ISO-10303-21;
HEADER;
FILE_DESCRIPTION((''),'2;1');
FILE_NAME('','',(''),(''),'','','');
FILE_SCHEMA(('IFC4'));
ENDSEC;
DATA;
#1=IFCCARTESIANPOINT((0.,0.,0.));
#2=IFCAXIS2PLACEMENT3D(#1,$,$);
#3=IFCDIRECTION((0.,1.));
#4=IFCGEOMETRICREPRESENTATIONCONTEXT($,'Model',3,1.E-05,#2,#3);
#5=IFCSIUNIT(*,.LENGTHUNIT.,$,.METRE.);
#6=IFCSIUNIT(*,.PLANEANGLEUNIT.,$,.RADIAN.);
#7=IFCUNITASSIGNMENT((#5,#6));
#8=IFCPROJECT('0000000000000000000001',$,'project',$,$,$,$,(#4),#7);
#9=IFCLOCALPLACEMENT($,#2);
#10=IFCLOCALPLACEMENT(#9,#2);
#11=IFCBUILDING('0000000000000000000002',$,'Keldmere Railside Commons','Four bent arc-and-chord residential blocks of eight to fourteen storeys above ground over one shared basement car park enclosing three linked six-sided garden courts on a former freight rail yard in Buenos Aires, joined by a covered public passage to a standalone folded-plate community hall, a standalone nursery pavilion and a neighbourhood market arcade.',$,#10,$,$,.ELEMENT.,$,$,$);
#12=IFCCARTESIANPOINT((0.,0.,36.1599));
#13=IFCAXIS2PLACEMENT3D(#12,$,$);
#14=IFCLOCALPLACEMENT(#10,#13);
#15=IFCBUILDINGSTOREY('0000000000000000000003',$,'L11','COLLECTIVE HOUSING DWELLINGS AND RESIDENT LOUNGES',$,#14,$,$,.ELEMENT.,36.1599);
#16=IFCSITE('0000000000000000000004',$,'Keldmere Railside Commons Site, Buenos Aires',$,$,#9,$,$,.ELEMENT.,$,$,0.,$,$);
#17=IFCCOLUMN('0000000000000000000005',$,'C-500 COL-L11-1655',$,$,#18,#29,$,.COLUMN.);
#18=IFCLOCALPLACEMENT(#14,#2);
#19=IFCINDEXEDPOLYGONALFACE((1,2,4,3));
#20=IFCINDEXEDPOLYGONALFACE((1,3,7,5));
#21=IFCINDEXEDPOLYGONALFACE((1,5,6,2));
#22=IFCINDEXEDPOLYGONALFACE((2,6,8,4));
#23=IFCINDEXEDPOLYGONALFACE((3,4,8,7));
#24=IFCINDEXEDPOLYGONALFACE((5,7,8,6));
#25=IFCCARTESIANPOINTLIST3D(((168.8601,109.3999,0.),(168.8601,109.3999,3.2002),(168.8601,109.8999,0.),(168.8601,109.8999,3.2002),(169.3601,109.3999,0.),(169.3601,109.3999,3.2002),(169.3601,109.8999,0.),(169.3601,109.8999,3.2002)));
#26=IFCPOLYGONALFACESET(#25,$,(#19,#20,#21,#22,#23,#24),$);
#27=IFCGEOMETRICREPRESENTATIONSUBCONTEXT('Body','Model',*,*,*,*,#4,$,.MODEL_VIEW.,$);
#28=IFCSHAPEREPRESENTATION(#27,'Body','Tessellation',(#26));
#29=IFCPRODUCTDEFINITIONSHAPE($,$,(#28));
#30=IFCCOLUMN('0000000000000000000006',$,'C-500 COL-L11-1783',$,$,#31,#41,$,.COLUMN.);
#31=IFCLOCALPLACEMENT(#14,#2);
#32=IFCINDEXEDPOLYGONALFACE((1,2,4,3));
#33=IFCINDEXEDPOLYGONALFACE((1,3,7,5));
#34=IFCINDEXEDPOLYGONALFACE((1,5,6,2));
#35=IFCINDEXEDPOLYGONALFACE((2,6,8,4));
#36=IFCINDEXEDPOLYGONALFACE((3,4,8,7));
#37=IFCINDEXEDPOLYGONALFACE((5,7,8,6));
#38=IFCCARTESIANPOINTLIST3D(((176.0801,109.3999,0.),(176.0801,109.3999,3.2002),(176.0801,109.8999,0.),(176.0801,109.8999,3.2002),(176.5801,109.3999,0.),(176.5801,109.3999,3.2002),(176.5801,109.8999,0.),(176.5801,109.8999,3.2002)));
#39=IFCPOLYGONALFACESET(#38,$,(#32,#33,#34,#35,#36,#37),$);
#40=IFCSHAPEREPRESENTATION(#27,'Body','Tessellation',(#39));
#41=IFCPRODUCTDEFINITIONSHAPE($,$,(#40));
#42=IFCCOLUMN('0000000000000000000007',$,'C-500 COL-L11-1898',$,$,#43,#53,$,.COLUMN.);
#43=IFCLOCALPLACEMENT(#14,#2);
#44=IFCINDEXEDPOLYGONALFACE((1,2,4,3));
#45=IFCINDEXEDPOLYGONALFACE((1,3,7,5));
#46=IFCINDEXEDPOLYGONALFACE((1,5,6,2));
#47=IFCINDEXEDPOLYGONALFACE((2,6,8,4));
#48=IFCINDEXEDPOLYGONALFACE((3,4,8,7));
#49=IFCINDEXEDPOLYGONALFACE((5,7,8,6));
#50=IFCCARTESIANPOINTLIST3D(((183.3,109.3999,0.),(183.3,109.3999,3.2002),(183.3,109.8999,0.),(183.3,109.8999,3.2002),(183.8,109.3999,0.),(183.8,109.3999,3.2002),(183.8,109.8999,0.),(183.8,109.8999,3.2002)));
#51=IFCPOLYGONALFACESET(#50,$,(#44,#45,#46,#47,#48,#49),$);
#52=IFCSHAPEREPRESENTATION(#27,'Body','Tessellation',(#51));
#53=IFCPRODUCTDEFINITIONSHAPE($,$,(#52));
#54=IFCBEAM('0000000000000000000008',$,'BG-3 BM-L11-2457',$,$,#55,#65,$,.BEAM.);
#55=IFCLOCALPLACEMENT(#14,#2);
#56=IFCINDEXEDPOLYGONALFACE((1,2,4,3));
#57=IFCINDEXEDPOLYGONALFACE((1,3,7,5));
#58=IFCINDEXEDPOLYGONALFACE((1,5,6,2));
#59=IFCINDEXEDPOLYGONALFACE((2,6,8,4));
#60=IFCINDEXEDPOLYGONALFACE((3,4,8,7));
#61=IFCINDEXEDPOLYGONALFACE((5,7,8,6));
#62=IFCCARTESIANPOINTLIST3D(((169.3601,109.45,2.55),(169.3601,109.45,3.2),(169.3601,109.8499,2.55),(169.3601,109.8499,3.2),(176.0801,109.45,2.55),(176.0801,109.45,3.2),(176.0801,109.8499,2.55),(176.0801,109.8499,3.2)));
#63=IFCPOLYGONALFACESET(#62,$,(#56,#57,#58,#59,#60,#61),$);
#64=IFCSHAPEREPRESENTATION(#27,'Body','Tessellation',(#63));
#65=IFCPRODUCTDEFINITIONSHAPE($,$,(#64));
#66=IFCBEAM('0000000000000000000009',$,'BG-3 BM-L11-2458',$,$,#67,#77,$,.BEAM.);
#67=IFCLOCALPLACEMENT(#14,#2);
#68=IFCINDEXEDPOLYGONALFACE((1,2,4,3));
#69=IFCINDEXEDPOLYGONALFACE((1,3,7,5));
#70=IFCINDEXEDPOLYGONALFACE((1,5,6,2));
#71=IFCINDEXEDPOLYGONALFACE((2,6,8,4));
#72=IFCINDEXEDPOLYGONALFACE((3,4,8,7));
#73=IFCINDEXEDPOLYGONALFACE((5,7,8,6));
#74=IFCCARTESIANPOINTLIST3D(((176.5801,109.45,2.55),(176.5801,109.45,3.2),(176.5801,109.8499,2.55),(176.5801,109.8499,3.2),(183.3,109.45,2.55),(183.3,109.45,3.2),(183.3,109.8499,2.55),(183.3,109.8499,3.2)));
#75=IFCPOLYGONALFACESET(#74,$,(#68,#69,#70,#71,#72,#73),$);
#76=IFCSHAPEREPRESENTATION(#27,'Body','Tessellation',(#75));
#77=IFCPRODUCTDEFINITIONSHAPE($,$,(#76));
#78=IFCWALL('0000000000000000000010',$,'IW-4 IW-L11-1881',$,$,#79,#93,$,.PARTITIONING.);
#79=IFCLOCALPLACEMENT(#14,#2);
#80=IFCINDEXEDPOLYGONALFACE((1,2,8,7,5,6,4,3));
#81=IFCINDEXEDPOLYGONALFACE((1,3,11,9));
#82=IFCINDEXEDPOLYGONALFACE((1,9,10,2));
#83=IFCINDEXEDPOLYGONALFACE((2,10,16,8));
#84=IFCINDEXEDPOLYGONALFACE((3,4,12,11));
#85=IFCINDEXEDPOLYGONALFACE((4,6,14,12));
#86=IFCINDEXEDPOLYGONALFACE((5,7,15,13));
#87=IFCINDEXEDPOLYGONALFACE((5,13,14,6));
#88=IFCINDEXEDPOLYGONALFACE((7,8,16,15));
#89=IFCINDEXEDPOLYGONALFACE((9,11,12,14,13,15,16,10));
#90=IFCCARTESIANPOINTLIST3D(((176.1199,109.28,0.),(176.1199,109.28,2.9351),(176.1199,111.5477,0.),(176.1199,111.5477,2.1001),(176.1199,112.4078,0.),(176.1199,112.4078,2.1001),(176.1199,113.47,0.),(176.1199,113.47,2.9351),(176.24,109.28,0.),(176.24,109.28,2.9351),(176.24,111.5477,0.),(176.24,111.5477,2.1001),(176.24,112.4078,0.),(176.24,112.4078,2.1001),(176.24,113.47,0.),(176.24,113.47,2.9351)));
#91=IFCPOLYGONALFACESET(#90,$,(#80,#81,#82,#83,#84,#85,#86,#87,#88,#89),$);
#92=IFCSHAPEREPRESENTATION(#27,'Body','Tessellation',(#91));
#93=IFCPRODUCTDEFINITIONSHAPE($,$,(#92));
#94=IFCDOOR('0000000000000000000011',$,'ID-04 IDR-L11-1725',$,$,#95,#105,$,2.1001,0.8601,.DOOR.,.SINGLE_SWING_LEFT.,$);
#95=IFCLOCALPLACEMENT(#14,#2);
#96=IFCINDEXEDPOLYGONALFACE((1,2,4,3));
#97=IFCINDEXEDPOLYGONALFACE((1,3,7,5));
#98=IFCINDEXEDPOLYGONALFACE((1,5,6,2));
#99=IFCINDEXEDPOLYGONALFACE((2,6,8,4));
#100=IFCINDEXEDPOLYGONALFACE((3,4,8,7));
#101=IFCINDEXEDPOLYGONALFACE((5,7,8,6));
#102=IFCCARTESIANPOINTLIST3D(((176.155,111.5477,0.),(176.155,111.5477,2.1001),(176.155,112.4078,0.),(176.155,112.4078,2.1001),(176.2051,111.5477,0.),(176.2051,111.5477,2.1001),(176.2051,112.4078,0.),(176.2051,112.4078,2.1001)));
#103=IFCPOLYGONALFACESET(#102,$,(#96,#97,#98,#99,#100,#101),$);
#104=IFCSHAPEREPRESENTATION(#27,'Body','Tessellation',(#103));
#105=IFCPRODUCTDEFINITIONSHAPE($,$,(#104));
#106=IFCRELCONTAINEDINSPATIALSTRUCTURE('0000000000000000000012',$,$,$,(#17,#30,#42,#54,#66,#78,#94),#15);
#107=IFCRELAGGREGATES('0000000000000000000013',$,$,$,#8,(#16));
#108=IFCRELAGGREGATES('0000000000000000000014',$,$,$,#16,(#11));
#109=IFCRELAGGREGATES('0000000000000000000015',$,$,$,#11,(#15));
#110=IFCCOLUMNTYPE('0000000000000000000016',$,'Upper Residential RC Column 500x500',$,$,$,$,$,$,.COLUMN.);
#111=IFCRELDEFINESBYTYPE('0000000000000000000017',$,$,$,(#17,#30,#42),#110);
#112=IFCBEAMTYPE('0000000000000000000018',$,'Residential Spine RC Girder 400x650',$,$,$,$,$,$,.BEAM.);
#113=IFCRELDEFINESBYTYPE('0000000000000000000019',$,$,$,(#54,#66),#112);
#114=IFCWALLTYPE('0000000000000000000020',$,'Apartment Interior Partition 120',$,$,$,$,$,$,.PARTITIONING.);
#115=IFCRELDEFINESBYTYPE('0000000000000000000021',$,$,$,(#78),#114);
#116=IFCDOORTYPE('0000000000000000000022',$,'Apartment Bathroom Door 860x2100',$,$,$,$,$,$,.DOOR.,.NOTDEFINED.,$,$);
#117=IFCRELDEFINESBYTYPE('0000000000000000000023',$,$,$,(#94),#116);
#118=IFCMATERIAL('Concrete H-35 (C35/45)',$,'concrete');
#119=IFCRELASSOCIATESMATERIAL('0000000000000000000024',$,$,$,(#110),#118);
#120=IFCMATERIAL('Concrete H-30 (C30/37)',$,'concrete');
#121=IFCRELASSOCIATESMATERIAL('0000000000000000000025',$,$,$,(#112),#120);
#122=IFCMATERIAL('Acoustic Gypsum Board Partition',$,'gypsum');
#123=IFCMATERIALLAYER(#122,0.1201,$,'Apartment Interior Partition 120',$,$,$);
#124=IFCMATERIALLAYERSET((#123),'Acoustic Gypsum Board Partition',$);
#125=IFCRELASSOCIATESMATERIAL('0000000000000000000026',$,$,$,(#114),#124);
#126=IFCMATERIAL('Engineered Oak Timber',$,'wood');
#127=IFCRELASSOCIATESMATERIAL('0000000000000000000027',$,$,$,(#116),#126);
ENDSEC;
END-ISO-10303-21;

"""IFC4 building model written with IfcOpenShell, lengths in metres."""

from ifc_helpers import new_model, si_unit, direction, frame, frame_2d, origin, origin_2d, place, context, subcontext, project, spatial, rectangle, extrude, material, layer, layer_set, material_profile, profile_set, type_object, element, fill, save


model = new_model("IFC4")

# Units and contexts
model_context = context("Model", 3, precision=1e-05, world=origin(), true_north=direction((0.0, 1.0)))
body_context = subcontext(model_context, "Body", "Model", "MODEL_VIEW")
ifc_project = project(units=[si_unit("LENGTHUNIT", "METRE"), si_unit("PLANEANGLEUNIT", "RADIAN")], contexts=[model_context])

# Site, building, storey
site_placement = place(None, origin())
site = spatial("IfcSite", under=ifc_project, at=site_placement, Name="Keldmere Railside Commons Site, Buenos Aires", CompositionType="ELEMENT", RefElevation=0.0)
building_placement = place(site_placement, origin())
building = spatial("IfcBuilding", under=site, at=building_placement, Name="Keldmere Railside Commons", Description="Four bent arc-and-chord residential blocks of eight to fourteen storeys above ground over one shared basement car park enclosing three linked six-sided garden courts on a former freight rail yard in Buenos Aires, joined by a covered public passage to a standalone folded-plate community hall, a standalone nursery pavilion and a neighbourhood market arcade.", CompositionType="ELEMENT")
storey_placement = place(building_placement, frame((0.0, 0.0, 36.1599)))
storey = spatial("IfcBuildingStorey", under=building, at=storey_placement, Name="L11", Description="COLLECTIVE HOUSING DWELLINGS AND RESIDENT LOUNGES", CompositionType="ELEMENT", Elevation=36.1599)

# Columns
ifc_material_1 = material(Name="Concrete H-35 (C35/45)", Category="concrete")
ifc_material_profile_1 = material_profile(ifc_material_1, rectangle(XDim=0.5, YDim=0.5, at=origin_2d()), Name="RC-500x500")
ifc_profile_set_1 = profile_set([ifc_material_profile_1], Name="Concrete H-35 (C35/45)")
column_type = type_object("IfcColumnType", Name="Upper Residential RC Column 500x500", PredefinedType="COLUMN", material=ifc_profile_set_1)
for number, where, z_axis, x_axis, name in (
    (1, (169.1101, 109.6499, 0.0), (0.0, 0.0, 1.0), (1.0, 0.0, 0.0), "C-500 COL-L11-1655"),
    (2, (176.3301, 109.6499, 0.0), (0.0, 0.0, 1.0), (1.0, 0.0, 0.0), "C-500 COL-L11-1783"),
    (3, (183.55, 109.6499, 0.0), (0.0, 0.0, 1.0), (1.0, 0.0, 0.0), "C-500 COL-L11-1898"),
):
    element("IfcColumn", number, at=place(storey_placement, frame(where, z_axis=z_axis, x_axis=x_axis)), inside=storey, type_object=column_type, Name=name, PredefinedType="COLUMN", context=body_context, shape_type="SweptSolid", body=[
        extrude(rectangle(XDim=0.5, YDim=0.5, at=origin_2d()), origin(), (0.0, 0.0, 1.0), 3.2002),
    ])

# Beams
ifc_material_2 = material(Name="Concrete H-30 (C30/37)", Category="concrete")
ifc_material_profile_2 = material_profile(ifc_material_2, rectangle(XDim=0.3999, YDim=0.6499, at=origin_2d()), Name="RC-400x650")
ifc_profile_set_2 = profile_set([ifc_material_profile_2], Name="Concrete H-30 (C30/37)")
beam_type = type_object("IfcBeamType", Name="Residential Spine RC Girder 400x650", PredefinedType="BEAM", material=ifc_profile_set_2)
for number, where, z_axis, x_axis, name in (
    (4, (169.3601, 109.6499, 2.875), (1.0, 0.0, 0.0), (0.0, 1.0, 0.0), "BG-3 BM-L11-2457"),
    (5, (176.5801, 109.6499, 2.875), (1.0, 0.0, 0.0), (0.0, 1.0, 0.0), "BG-3 BM-L11-2458"),
):
    element("IfcBeam", number, at=place(storey_placement, frame(where, z_axis=z_axis, x_axis=x_axis)), inside=storey, type_object=beam_type, Name=name, PredefinedType="BEAM", context=body_context, shape_type="SweptSolid", body=[
        extrude(rectangle(XDim=0.3999, YDim=0.6499, at=origin_2d()), origin(), (0.0, 0.0, 1.0), 6.72),
    ])

# Wall, opening, door
ifc_material_3 = material(Name="Acoustic Gypsum Board Partition", Category="gypsum")
ifc_layer_1 = layer(ifc_material_3, 0.1201, Name="Apartment Interior Partition 120")
ifc_layer_set_1 = layer_set([ifc_layer_1], Name="Acoustic Gypsum Board Partition")
wall_type_1 = type_object("IfcWallType", Name="Apartment Interior Partition 120", PredefinedType="PARTITIONING", material=ifc_layer_set_1)
wall_1_placement = place(storey_placement, frame((176.1799, 109.28, 0.0), z_axis=(0.0, 0.0, 1.0), x_axis=(0.0, 1.0, 0.0)))
wall_1 = element("IfcWall", 6, at=wall_1_placement, inside=storey, type_object=wall_type_1, Name="IW-4 IW-L11-1881", PredefinedType="PARTITIONING", context=body_context, shape_type="SweptSolid", body=[
    extrude(rectangle(XDim=4.1899, YDim=0.1201, at=frame_2d((2.095, 0.0))), origin(), (0.0, 0.0, 1.0), 2.9351),
])
opening_1_placement = place(wall_1_placement, frame((2.2676, 0.0, 0.0)))
opening_1 = element("IfcOpeningElement", 7, at=opening_1_placement, cuts=wall_1, PredefinedType="OPENING", context=body_context, shape_type="SweptSolid", body=[
    extrude(rectangle(XDim=0.8601, YDim=2.1001, at=frame_2d((0.4302, 1.05))), frame((0.0, 0.0701, 0.0), z_axis=(0.0, -1.0, 0.0), x_axis=(1.0, 0.0, 0.0)), (0.0, 0.0, 1.0), 0.1401),
])
ifc_material_4 = material(Name="Engineered Oak Timber", Category="wood")
door_type_1 = type_object("IfcDoorType", Name="Apartment Bathroom Door 860x2100", OperationType="NOTDEFINED", PredefinedType="DOOR", material=ifc_material_4)
door_1_placement = place(opening_1_placement, origin())
door_1 = element("IfcDoor", 8, at=door_1_placement, inside=storey, type_object=door_type_1, Name="ID-04 IDR-L11-1725", OperationType="SINGLE_SWING_LEFT", OverallHeight=2.1001, OverallWidth=0.8601, PredefinedType="DOOR", context=body_context, shape_type="SweptSolid", body=[
    extrude(rectangle(XDim=0.8601, YDim=2.1001, at=frame_2d((0.4302, 1.05))), frame((0.0, 0.0249, 0.0), z_axis=(0.0, -1.0, 0.0), x_axis=(1.0, 0.0, 0.0)), (0.0, 0.0, 1.0), 0.05),
])
fill(opening_1, door_1)

save(model, "model.ifc")
